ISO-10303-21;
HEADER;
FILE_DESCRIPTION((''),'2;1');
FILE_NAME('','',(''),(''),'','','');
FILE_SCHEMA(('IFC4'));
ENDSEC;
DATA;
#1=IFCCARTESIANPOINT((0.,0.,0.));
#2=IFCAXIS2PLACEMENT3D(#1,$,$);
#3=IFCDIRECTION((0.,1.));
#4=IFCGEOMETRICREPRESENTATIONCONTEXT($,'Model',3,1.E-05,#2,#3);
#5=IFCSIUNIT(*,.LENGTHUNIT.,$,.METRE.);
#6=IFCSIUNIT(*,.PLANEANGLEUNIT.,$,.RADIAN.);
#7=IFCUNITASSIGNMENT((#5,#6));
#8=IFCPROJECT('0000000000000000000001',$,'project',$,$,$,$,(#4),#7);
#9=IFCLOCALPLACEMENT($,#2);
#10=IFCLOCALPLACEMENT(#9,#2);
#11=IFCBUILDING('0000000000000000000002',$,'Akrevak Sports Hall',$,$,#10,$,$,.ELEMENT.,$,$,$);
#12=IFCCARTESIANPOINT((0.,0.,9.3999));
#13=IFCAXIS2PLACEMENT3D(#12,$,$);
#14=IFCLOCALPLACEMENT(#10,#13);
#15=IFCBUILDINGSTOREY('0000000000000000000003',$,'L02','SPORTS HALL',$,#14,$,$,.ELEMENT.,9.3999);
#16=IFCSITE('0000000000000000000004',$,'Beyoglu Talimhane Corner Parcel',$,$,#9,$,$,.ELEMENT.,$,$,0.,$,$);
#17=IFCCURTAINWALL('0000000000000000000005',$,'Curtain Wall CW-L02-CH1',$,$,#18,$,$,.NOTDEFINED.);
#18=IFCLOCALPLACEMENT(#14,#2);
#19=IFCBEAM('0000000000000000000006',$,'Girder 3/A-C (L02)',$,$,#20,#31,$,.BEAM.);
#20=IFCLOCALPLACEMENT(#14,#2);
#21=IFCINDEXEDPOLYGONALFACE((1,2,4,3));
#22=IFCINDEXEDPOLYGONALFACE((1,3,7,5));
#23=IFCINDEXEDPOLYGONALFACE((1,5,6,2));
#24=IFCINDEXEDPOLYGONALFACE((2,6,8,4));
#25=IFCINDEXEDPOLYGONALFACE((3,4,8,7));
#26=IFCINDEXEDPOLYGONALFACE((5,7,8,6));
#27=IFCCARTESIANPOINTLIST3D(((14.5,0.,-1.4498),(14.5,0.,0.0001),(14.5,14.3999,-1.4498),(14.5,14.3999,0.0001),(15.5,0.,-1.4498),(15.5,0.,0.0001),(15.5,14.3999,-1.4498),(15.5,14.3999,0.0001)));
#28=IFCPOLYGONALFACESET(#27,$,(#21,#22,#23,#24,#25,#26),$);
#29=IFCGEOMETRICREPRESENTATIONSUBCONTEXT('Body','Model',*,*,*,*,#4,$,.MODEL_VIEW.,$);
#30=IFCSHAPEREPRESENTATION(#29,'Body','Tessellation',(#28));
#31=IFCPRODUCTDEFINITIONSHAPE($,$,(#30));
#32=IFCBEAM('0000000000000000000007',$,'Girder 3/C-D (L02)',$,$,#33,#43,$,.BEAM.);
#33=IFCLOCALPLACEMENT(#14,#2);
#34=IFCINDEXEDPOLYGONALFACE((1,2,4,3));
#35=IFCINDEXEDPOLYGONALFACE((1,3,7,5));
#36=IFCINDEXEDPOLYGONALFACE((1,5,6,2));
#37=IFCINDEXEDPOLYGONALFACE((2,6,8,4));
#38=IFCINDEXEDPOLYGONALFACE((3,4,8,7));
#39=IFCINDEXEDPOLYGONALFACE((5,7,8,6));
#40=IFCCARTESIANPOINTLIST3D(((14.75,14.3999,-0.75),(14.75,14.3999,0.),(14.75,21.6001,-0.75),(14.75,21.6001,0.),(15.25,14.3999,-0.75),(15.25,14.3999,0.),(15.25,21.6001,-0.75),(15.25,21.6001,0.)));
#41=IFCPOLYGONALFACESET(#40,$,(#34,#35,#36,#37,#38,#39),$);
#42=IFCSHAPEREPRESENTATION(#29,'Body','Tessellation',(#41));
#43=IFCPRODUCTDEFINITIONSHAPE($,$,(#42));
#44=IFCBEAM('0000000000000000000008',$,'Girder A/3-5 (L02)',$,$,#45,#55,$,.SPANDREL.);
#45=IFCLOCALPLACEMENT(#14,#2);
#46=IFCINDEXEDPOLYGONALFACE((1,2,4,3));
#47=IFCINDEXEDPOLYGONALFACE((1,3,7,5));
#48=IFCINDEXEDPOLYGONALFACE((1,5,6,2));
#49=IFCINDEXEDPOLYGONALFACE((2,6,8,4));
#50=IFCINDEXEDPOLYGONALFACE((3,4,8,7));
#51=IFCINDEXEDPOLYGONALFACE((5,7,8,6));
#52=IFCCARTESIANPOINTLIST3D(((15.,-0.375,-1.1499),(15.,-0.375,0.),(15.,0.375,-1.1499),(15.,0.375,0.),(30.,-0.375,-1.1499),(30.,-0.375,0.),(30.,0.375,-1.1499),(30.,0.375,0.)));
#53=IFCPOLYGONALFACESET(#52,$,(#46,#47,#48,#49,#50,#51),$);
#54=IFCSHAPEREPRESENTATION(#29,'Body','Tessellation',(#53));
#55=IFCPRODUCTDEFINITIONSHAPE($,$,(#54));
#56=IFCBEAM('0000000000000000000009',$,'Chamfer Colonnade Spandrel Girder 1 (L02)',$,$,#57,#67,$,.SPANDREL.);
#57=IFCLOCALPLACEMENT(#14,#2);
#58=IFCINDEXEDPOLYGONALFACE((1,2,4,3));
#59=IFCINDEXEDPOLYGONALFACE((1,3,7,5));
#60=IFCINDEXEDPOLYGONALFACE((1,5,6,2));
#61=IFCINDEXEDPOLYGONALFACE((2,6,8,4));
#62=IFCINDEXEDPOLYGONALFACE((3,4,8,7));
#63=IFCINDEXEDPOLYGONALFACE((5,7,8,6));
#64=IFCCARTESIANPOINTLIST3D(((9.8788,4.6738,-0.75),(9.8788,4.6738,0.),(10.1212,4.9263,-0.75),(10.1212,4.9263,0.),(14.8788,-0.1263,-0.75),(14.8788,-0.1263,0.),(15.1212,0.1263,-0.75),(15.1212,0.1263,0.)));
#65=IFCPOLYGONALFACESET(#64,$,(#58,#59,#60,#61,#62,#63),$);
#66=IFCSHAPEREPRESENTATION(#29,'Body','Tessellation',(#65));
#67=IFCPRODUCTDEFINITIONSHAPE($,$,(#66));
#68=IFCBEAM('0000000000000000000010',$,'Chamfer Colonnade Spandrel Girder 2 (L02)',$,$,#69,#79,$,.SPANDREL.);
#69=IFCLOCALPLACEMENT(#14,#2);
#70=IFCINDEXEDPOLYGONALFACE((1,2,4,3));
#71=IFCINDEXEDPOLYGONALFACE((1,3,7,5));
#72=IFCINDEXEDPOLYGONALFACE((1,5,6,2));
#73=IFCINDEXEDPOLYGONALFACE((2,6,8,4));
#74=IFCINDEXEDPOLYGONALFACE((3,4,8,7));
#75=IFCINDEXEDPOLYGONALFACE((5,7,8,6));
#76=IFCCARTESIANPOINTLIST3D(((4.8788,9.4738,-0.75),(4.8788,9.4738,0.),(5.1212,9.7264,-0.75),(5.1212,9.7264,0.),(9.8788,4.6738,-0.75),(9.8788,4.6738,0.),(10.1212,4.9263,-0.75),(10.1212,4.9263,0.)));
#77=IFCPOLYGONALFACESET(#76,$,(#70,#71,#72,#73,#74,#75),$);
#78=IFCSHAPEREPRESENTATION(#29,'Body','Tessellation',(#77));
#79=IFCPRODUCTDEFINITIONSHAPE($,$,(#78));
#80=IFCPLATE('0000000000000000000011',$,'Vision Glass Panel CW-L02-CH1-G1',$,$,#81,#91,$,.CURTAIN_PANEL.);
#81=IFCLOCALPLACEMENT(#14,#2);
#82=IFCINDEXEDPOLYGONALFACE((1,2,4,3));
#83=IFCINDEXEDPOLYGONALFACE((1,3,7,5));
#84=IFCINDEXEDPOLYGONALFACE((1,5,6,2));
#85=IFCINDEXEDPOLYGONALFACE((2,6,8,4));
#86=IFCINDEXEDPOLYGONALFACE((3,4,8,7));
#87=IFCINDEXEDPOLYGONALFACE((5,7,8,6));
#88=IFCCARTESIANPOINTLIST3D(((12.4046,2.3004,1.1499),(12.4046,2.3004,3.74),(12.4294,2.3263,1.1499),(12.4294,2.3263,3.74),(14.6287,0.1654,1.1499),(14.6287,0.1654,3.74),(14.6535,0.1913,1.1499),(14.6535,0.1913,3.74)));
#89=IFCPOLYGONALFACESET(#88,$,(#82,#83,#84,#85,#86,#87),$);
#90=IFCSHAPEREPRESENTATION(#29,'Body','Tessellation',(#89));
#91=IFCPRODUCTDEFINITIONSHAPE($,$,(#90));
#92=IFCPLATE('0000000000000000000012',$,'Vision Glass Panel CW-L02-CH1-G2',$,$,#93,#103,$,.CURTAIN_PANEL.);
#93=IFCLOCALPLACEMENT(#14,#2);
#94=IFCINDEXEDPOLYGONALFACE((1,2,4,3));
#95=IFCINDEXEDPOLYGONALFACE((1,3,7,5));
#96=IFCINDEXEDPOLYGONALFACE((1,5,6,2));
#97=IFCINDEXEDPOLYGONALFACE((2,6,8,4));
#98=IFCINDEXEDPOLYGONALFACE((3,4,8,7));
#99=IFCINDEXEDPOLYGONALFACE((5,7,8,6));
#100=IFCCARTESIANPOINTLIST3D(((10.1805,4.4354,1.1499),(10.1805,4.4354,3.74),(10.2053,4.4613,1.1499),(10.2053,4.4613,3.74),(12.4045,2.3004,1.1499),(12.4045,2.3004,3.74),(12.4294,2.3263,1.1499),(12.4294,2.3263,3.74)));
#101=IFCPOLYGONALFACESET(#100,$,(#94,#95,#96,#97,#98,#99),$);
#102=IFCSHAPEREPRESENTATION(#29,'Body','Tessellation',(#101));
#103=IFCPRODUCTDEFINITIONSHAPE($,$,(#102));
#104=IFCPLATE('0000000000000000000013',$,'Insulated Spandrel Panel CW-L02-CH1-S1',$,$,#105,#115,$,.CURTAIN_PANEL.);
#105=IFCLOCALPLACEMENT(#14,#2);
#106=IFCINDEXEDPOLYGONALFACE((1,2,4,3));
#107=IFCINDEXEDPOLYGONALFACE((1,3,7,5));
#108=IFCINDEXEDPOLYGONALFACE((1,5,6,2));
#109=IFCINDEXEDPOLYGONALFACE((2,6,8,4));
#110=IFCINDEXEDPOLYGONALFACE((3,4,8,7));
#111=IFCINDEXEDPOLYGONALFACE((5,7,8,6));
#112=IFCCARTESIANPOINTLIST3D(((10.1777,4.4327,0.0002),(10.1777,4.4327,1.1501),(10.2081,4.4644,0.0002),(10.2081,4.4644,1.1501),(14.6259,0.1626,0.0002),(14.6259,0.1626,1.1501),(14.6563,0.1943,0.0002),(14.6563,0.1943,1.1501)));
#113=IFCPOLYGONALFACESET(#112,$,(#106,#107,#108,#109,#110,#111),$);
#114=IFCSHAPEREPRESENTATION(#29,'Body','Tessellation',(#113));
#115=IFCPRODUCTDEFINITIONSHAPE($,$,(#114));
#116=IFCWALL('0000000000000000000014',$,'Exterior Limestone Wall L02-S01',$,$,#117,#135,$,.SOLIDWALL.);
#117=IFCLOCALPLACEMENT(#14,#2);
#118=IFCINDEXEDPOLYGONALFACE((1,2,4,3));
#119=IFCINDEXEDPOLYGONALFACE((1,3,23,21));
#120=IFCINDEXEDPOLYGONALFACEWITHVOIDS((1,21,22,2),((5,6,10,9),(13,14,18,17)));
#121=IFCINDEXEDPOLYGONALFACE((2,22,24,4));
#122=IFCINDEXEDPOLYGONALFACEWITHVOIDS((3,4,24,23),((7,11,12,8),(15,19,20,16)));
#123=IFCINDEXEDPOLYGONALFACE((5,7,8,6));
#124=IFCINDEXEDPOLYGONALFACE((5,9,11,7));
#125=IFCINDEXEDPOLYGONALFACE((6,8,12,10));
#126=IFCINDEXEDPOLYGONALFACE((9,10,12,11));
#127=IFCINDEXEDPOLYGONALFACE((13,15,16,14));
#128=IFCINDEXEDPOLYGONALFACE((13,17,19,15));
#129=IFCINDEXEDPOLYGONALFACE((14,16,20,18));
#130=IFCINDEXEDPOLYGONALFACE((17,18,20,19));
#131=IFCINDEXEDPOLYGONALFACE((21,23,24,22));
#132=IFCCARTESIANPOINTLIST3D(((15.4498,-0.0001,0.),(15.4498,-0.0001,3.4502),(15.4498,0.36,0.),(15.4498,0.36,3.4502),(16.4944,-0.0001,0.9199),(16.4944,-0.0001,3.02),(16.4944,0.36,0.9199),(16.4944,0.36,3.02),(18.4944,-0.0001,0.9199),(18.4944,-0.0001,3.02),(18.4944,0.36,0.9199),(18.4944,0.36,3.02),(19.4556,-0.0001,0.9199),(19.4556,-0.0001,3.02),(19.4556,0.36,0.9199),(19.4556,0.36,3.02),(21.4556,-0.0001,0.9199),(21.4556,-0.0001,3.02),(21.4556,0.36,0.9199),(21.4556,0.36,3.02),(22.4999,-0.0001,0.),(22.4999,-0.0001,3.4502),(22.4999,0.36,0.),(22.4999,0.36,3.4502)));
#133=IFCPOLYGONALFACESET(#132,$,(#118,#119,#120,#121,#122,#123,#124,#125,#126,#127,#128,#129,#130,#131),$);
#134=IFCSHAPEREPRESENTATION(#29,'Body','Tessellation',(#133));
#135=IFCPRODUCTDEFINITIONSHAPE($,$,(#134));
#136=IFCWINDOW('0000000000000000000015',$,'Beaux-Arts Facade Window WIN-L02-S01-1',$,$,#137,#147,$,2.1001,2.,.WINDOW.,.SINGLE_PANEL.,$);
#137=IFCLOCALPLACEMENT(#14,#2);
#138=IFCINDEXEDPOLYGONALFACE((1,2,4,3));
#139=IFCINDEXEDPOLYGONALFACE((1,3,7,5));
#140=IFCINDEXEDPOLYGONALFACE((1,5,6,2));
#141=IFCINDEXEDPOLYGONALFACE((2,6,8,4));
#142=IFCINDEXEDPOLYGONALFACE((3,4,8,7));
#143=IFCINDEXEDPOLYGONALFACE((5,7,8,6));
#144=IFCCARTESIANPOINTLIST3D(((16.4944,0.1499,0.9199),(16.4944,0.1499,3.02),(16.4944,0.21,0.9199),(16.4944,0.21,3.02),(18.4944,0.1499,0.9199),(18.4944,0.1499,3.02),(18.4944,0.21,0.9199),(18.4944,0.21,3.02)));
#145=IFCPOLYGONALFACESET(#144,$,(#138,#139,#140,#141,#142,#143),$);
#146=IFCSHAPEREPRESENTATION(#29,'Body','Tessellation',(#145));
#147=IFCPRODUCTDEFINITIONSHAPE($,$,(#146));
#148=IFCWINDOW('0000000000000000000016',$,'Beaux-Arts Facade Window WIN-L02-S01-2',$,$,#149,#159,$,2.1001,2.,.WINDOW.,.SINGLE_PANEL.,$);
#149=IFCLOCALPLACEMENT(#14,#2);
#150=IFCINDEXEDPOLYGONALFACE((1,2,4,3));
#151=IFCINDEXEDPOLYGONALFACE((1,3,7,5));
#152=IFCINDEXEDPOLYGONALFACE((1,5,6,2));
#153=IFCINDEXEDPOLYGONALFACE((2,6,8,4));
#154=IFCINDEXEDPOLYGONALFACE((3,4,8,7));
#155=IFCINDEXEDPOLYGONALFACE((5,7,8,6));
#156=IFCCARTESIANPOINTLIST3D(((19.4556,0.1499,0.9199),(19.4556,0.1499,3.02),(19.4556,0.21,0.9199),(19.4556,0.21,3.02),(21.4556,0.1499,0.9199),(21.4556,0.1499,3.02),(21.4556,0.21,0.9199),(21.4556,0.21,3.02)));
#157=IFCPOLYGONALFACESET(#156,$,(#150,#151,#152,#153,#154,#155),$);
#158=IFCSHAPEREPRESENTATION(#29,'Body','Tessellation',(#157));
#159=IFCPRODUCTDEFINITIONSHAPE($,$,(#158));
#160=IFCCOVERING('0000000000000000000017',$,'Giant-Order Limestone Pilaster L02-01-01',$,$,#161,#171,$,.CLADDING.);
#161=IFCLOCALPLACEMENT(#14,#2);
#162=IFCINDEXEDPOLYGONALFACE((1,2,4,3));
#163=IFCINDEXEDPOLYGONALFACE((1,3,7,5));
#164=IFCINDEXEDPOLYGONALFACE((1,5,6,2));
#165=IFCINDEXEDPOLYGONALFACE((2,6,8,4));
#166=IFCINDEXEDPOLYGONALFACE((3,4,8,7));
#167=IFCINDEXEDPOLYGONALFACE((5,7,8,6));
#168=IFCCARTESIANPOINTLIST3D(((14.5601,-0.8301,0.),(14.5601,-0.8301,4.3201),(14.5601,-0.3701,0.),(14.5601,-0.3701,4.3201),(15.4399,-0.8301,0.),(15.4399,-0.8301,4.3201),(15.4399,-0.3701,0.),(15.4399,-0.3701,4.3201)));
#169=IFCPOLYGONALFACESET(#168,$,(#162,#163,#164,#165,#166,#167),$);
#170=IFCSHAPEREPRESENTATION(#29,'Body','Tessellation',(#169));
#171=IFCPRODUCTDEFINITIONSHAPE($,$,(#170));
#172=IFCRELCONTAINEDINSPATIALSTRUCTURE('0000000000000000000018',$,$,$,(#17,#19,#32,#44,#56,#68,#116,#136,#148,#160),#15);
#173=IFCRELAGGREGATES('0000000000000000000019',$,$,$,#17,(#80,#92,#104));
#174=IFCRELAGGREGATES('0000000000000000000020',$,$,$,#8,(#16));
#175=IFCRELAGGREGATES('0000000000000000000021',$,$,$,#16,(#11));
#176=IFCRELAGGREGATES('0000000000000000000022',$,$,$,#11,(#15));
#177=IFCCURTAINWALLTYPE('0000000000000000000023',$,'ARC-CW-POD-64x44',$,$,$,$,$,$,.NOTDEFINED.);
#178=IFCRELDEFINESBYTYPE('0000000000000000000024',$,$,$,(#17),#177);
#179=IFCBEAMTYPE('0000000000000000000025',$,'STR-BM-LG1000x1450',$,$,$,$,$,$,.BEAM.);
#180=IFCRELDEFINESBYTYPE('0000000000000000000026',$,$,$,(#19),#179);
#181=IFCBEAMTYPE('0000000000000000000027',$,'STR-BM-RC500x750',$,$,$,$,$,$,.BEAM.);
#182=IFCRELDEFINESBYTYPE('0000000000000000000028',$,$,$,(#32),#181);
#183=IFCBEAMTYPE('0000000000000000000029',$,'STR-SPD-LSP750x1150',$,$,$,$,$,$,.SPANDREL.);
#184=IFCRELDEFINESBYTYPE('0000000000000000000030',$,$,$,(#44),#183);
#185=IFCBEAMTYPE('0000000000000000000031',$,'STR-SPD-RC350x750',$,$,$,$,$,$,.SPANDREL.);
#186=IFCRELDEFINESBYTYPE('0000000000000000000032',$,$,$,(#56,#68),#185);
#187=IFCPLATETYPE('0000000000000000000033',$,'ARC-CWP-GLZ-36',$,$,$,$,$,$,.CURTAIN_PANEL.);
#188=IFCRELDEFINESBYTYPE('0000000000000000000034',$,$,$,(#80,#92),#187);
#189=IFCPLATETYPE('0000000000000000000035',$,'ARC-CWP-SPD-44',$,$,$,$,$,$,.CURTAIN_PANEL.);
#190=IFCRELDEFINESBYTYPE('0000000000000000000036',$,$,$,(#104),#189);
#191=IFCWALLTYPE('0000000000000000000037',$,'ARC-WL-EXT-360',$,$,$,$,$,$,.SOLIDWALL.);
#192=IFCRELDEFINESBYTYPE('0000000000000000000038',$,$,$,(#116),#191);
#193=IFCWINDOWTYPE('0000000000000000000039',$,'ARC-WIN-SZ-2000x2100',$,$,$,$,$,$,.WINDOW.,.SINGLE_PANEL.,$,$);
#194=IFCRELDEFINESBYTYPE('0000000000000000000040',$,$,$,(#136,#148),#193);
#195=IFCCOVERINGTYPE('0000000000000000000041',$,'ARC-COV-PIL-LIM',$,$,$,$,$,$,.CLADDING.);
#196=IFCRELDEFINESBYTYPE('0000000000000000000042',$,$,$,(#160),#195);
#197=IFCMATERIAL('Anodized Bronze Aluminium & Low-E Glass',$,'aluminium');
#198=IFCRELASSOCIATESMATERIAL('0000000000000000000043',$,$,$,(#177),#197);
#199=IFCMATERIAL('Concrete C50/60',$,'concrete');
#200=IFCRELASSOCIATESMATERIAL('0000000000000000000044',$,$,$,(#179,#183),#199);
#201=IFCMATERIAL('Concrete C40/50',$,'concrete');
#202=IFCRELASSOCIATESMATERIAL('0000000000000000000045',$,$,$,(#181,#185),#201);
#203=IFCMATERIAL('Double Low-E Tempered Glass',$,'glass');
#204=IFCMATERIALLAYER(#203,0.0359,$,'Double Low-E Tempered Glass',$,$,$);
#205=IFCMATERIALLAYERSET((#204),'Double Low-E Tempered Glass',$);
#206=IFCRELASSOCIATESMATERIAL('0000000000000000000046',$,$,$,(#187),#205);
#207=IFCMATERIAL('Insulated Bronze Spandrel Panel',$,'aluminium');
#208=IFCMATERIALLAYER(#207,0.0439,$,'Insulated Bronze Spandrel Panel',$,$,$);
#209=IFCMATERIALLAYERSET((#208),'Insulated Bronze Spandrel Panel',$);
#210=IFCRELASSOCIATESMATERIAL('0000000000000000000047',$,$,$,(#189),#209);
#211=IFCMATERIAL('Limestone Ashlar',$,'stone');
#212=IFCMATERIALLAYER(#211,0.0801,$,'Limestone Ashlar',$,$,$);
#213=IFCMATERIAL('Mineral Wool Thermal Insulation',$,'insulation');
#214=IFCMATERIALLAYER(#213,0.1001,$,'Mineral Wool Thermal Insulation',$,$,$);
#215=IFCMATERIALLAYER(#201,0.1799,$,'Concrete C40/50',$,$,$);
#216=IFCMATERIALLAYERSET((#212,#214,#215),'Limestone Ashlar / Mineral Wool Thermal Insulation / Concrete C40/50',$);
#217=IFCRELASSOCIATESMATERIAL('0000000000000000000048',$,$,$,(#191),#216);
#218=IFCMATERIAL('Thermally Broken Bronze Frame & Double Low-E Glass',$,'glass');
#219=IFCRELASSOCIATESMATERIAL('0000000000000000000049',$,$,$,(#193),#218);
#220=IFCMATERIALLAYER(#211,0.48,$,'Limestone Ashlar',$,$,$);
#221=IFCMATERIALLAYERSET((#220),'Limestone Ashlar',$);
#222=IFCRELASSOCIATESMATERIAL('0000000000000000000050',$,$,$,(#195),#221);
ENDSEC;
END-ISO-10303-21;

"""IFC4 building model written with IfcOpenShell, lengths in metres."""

from ifc_helpers import new_model, si_unit, direction, frame, frame_2d, origin, origin_2d, place, context, subcontext, project, spatial, rectangle, extrude, material, layer, layer_set, material_profile, profile_set, type_object, element, fill, aggregate, save


model = new_model("IFC4")

# Units and contexts
model_context = context("Model", 3, precision=1e-05, world=origin(), true_north=direction((0.0, 1.0)))
body_context = subcontext(model_context, "Body", "Model", "MODEL_VIEW")
ifc_project = project(units=[si_unit("LENGTHUNIT", "METRE"), si_unit("PLANEANGLEUNIT", "RADIAN")], contexts=[model_context])

# Site, building, storey
site_placement = place(None, origin())
site = spatial("IfcSite", under=ifc_project, at=site_placement, Name="Beyoglu Talimhane Corner Parcel", CompositionType="ELEMENT", RefElevation=0.0)
building_placement = place(site_placement, origin())
building = spatial("IfcBuilding", under=site, at=building_placement, Name="Akrevak Sports Hall", CompositionType="ELEMENT")
storey_placement = place(building_placement, frame((0.0, 0.0, 9.3999)))
storey = spatial("IfcBuildingStorey", under=building, at=storey_placement, Name="L02", Description="SPORTS HALL", CompositionType="ELEMENT", Elevation=9.3999)

# Shared definitions
ifc_material_1 = material(Name="Concrete C40/50", Category="concrete")

# Curtain wall
ifc_material_2 = material(Name="Anodized Bronze Aluminium & Low-E Glass", Category="aluminium")
curtain_wall_type = type_object("IfcCurtainWallType", Name="ARC-CW-POD-64x44", PredefinedType="NOTDEFINED", material=ifc_material_2)
curtain_wall_placement = place(storey_placement, origin())
curtain_wall = element("IfcCurtainWall", 1, at=curtain_wall_placement, inside=storey, type_object=curtain_wall_type, Name="Curtain Wall CW-L02-CH1", PredefinedType="NOTDEFINED")

# Beams
ifc_material_3 = material(Name="Concrete C50/60", Category="concrete")
ifc_material_profile_1 = material_profile(ifc_material_3, rectangle(XDim=1.0, YDim=1.45, at=origin_2d()), Name="BM 1000x1450", Category="concrete")
ifc_profile_set_1 = profile_set([ifc_material_profile_1], Name="Concrete C50/60")
beam_type_1 = type_object("IfcBeamType", Name="STR-BM-LG1000x1450", PredefinedType="BEAM", material=ifc_profile_set_1)
beam_1_placement = place(storey_placement, frame((15.0, 0.0, -0.7249), z_axis=(0.0, 1.0, 0.0), x_axis=(-1.0, 0.0, 0.0)))
element("IfcBeam", 2, at=beam_1_placement, inside=storey, type_object=beam_type_1, Name="Girder 3/A-C (L02)", PredefinedType="BEAM", context=body_context, shape_type="SweptSolid", body=[
    extrude(rectangle(XDim=1.0, YDim=1.45, at=origin_2d()), origin(), (0.0, 0.0, 1.0), 14.3999),
])
ifc_material_profile_2 = material_profile(ifc_material_1, rectangle(XDim=0.5, YDim=0.75, at=origin_2d()), Name="BM 500x750", Category="concrete")
ifc_profile_set_2 = profile_set([ifc_material_profile_2], Name="Concrete C40/50")
beam_type_2 = type_object("IfcBeamType", Name="STR-BM-RC500x750", PredefinedType="BEAM", material=ifc_profile_set_2)
beam_2_placement = place(storey_placement, frame((15.0, 14.3999, -0.375), z_axis=(0.0, 1.0, 0.0), x_axis=(-1.0, 0.0, 0.0)))
element("IfcBeam", 3, at=beam_2_placement, inside=storey, type_object=beam_type_2, Name="Girder 3/C-D (L02)", PredefinedType="BEAM", context=body_context, shape_type="SweptSolid", body=[
    extrude(rectangle(XDim=0.5, YDim=0.75, at=origin_2d()), origin(), (0.0, 0.0, 1.0), 7.2002),
])
ifc_material_profile_3 = material_profile(ifc_material_3, rectangle(XDim=0.75, YDim=1.1499, at=origin_2d()), Name="SPD 750x1150", Category="concrete")
ifc_profile_set_3 = profile_set([ifc_material_profile_3], Name="Concrete C50/60")
beam_type_3 = type_object("IfcBeamType", Name="STR-SPD-LSP750x1150", PredefinedType="SPANDREL", material=ifc_profile_set_3)
beam_3_placement = place(storey_placement, frame((15.0, 0.0, -0.575), z_axis=(1.0, 0.0, 0.0), x_axis=(0.0, 1.0, 0.0)))
element("IfcBeam", 4, at=beam_3_placement, inside=storey, type_object=beam_type_3, Name="Girder A/3-5 (L02)", PredefinedType="SPANDREL", context=body_context, shape_type="SweptSolid", body=[
    extrude(rectangle(XDim=0.75, YDim=1.1499, at=origin_2d()), origin(), (0.0, 0.0, 1.0), 15.0),
])
ifc_material_profile_4 = material_profile(ifc_material_1, rectangle(XDim=0.3501, YDim=0.75, at=origin_2d()), Name="SPD 350x750", Category="concrete")
ifc_profile_set_4 = profile_set([ifc_material_profile_4], Name="Concrete C40/50")
beam_type_4 = type_object("IfcBeamType", Name="STR-SPD-RC350x750", PredefinedType="SPANDREL", material=ifc_profile_set_4)
for number, where, z_axis, x_axis, name in (
    (5, (15.0, 0.0, -0.375), (-0.721384, 0.692535, 0.0), (-0.692535, -0.721384, 0.0), "Chamfer Colonnade Spandrel Girder 1 (L02)"),
    (6, (10.0, 4.8, -0.375), (-0.721384, 0.692535, 0.0), (-0.692535, -0.721384, 0.0), "Chamfer Colonnade Spandrel Girder 2 (L02)"),
):
    element("IfcBeam", number, at=place(storey_placement, frame(where, z_axis=z_axis, x_axis=x_axis)), inside=storey, type_object=beam_type_4, Name=name, PredefinedType="SPANDREL", context=body_context, shape_type="SweptSolid", body=[
        extrude(rectangle(XDim=0.3501, YDim=0.75, at=origin_2d()), origin(), (0.0, 0.0, 1.0), 6.9312),
    ])

# Plates
ifc_material_4 = material(Name="Double Low-E Tempered Glass", Category="glass")
ifc_layer_1 = layer(ifc_material_4, 0.0359, Name="Double Low-E Tempered Glass")
ifc_layer_set_1 = layer_set([ifc_layer_1], Name="Double Low-E Tempered Glass")
plate_type_1 = type_object("IfcPlateType", Name="ARC-CWP-GLZ-36", PredefinedType="CURTAIN_PANEL", material=ifc_layer_set_1)
plate_1_placement = place(storey_placement, frame((13.5291, 1.2458, 1.1499), z_axis=(0.0, 0.0, 1.0), x_axis=(-0.721398, 0.692521, 0.0)))
plate_1 = element("IfcPlate", 7, at=plate_1_placement, type_object=plate_type_1, Name="Vision Glass Panel CW-L02-CH1-G1", PredefinedType="CURTAIN_PANEL", context=body_context, shape_type="SweptSolid", body=[
    extrude(rectangle(XDim=3.083, YDim=0.0359, at=origin_2d()), origin(), (0.0, 0.0, 1.0), 2.5901),
])
plate_2_placement = place(storey_placement, frame((11.3049, 3.3809, 1.1499), z_axis=(0.0, 0.0, 1.0), x_axis=(-0.721398, 0.692521, 0.0)))
plate_2 = element("IfcPlate", 8, at=plate_2_placement, type_object=plate_type_1, Name="Vision Glass Panel CW-L02-CH1-G2", PredefinedType="CURTAIN_PANEL", context=body_context, shape_type="SweptSolid", body=[
    extrude(rectangle(XDim=3.083, YDim=0.0359, at=origin_2d()), origin(), (0.0, 0.0, 1.0), 2.5901),
])
ifc_material_5 = material(Name="Insulated Bronze Spandrel Panel", Category="aluminium")
ifc_layer_2 = layer(ifc_material_5, 0.0439, Name="Insulated Bronze Spandrel Panel")
ifc_layer_set_2 = layer_set([ifc_layer_2], Name="Insulated Bronze Spandrel Panel")
plate_type_2 = type_object("IfcPlateType", Name="ARC-CWP-SPD-44", PredefinedType="CURTAIN_PANEL", material=ifc_layer_set_2)
plate_3_placement = place(storey_placement, frame((12.417, 2.3135, 0.0002), z_axis=(0.0, 0.0, 1.0), x_axis=(-0.721398, 0.692521, 0.0)))
plate_3 = element("IfcPlate", 9, at=plate_3_placement, type_object=plate_type_2, Name="Insulated Spandrel Panel CW-L02-CH1-S1", PredefinedType="CURTAIN_PANEL", context=body_context, shape_type="SweptSolid", body=[
    extrude(rectangle(XDim=6.166, YDim=0.0439, at=origin_2d()), origin(), (0.0, 0.0, 1.0), 1.1499),
])
aggregate(curtain_wall, [plate_1, plate_2, plate_3])

# Wall, openings, windows
ifc_material_6 = material(Name="Limestone Ashlar", Category="stone")
ifc_layer_3 = layer(ifc_material_6, 0.0801, Name="Limestone Ashlar")
ifc_material_7 = material(Name="Mineral Wool Thermal Insulation", Category="insulation")
ifc_layer_4 = layer(ifc_material_7, 0.1001, Name="Mineral Wool Thermal Insulation")
ifc_layer_5 = layer(ifc_material_1, 0.1799, Name="Concrete C40/50")
ifc_layer_set_3 = layer_set([ifc_layer_3, ifc_layer_4, ifc_layer_5], Name="Limestone Ashlar / Mineral Wool Thermal Insulation / Concrete C40/50")
wall_type = type_object("IfcWallType", Name="ARC-WL-EXT-360", PredefinedType="SOLIDWALL", material=ifc_layer_set_3)
wall_placement = place(storey_placement, frame((15.45, 0.1799, 0.0), z_axis=(0.0, 0.0, 1.0), x_axis=(1.0, 0.0, 0.0)))
wall = element("IfcWall", 10, at=wall_placement, inside=storey, type_object=wall_type, Name="Exterior Limestone Wall L02-S01", PredefinedType="SOLIDWALL", context=body_context, shape_type="SweptSolid", body=[
    extrude(rectangle(XDim=7.05, YDim=0.3601, at=frame_2d((3.5249, 0.0))), origin(), (0.0, 0.0, 1.0), 3.4502),
])
opening_1_placement = place(wall_placement, frame((1.0444, 0.0, 0.9199)))
opening_1 = element("IfcOpeningElement", 11, at=opening_1_placement, cuts=wall, PredefinedType="OPENING", context=body_context, shape_type="SweptSolid", body=[
    extrude(rectangle(XDim=2.0, YDim=2.1001, at=frame_2d((1.0, 1.05))), frame((0.0, 0.1919, 0.0), z_axis=(0.0, -1.0, 0.0), x_axis=(1.0, 0.0, 0.0)), (0.0, 0.0, 1.0), 0.384),
])
opening_2_placement = place(wall_placement, frame((4.0056, 0.0, 0.9199)))
opening_2 = element("IfcOpeningElement", 12, at=opening_2_placement, cuts=wall, PredefinedType="OPENING", context=body_context, shape_type="SweptSolid", body=[
    extrude(rectangle(XDim=2.0, YDim=2.1001, at=frame_2d((1.0, 1.05))), frame((0.0, 0.1919, 0.0), z_axis=(0.0, -1.0, 0.0), x_axis=(1.0, 0.0, 0.0)), (0.0, 0.0, 1.0), 0.384),
])
ifc_material_8 = material(Name="Thermally Broken Bronze Frame & Double Low-E Glass", Category="glass")
window_type = type_object("IfcWindowType", Name="ARC-WIN-SZ-2000x2100", PartitioningType="SINGLE_PANEL", PredefinedType="WINDOW", material=ifc_material_8)
window_1_placement = place(opening_1_placement, origin())
window_1 = element("IfcWindow", 13, at=window_1_placement, inside=storey, type_object=window_type, Name="Beaux-Arts Facade Window WIN-L02-S01-1", OverallHeight=2.1001, OverallWidth=2.0, PartitioningType="SINGLE_PANEL", PredefinedType="WINDOW", context=body_context, shape_type="SweptSolid", body=[
    extrude(rectangle(XDim=2.0, YDim=2.1001, at=frame_2d((1.0, 1.05))), frame((0.0, 0.03, 0.0), z_axis=(0.0, -1.0, 0.0), x_axis=(1.0, 0.0, 0.0)), (0.0, 0.0, 1.0), 0.0601),
])
fill(opening_1, window_1)
window_2_placement = place(opening_2_placement, origin())
window_2 = element("IfcWindow", 14, at=window_2_placement, inside=storey, type_object=window_type, Name="Beaux-Arts Facade Window WIN-L02-S01-2", OverallHeight=2.1001, OverallWidth=2.0, PartitioningType="SINGLE_PANEL", PredefinedType="WINDOW", context=body_context, shape_type="SweptSolid", body=[
    extrude(rectangle(XDim=2.0, YDim=2.1001, at=frame_2d((1.0, 1.05))), frame((0.0, 0.03, 0.0), z_axis=(0.0, -1.0, 0.0), x_axis=(1.0, 0.0, 0.0)), (0.0, 0.0, 1.0), 0.0601),
])
fill(opening_2, window_2)

# Covering
ifc_layer_6 = layer(ifc_material_6, 0.48, Name="Limestone Ashlar")
ifc_layer_set_4 = layer_set([ifc_layer_6], Name="Limestone Ashlar")
covering_type = type_object("IfcCoveringType", Name="ARC-COV-PIL-LIM", PredefinedType="CLADDING", material=ifc_layer_set_4)
for number, where, z_axis, x_axis, name in (
    (15, (15.0, -0.6001, 0.0), (0.0, 0.0, 1.0), (1.0, 0.0, 0.0), "Giant-Order Limestone Pilaster L02-01-01"),
):
    element("IfcCovering", number, at=place(storey_placement, frame(where, z_axis=z_axis, x_axis=x_axis)), inside=storey, type_object=covering_type, Name=name, PredefinedType="CLADDING", context=body_context, shape_type="SweptSolid", body=[
        extrude(rectangle(XDim=0.8799, YDim=0.46, at=origin_2d()), origin(), (0.0, 0.0, 1.0), 4.3201),
    ])

save(model, "model.ifc")
